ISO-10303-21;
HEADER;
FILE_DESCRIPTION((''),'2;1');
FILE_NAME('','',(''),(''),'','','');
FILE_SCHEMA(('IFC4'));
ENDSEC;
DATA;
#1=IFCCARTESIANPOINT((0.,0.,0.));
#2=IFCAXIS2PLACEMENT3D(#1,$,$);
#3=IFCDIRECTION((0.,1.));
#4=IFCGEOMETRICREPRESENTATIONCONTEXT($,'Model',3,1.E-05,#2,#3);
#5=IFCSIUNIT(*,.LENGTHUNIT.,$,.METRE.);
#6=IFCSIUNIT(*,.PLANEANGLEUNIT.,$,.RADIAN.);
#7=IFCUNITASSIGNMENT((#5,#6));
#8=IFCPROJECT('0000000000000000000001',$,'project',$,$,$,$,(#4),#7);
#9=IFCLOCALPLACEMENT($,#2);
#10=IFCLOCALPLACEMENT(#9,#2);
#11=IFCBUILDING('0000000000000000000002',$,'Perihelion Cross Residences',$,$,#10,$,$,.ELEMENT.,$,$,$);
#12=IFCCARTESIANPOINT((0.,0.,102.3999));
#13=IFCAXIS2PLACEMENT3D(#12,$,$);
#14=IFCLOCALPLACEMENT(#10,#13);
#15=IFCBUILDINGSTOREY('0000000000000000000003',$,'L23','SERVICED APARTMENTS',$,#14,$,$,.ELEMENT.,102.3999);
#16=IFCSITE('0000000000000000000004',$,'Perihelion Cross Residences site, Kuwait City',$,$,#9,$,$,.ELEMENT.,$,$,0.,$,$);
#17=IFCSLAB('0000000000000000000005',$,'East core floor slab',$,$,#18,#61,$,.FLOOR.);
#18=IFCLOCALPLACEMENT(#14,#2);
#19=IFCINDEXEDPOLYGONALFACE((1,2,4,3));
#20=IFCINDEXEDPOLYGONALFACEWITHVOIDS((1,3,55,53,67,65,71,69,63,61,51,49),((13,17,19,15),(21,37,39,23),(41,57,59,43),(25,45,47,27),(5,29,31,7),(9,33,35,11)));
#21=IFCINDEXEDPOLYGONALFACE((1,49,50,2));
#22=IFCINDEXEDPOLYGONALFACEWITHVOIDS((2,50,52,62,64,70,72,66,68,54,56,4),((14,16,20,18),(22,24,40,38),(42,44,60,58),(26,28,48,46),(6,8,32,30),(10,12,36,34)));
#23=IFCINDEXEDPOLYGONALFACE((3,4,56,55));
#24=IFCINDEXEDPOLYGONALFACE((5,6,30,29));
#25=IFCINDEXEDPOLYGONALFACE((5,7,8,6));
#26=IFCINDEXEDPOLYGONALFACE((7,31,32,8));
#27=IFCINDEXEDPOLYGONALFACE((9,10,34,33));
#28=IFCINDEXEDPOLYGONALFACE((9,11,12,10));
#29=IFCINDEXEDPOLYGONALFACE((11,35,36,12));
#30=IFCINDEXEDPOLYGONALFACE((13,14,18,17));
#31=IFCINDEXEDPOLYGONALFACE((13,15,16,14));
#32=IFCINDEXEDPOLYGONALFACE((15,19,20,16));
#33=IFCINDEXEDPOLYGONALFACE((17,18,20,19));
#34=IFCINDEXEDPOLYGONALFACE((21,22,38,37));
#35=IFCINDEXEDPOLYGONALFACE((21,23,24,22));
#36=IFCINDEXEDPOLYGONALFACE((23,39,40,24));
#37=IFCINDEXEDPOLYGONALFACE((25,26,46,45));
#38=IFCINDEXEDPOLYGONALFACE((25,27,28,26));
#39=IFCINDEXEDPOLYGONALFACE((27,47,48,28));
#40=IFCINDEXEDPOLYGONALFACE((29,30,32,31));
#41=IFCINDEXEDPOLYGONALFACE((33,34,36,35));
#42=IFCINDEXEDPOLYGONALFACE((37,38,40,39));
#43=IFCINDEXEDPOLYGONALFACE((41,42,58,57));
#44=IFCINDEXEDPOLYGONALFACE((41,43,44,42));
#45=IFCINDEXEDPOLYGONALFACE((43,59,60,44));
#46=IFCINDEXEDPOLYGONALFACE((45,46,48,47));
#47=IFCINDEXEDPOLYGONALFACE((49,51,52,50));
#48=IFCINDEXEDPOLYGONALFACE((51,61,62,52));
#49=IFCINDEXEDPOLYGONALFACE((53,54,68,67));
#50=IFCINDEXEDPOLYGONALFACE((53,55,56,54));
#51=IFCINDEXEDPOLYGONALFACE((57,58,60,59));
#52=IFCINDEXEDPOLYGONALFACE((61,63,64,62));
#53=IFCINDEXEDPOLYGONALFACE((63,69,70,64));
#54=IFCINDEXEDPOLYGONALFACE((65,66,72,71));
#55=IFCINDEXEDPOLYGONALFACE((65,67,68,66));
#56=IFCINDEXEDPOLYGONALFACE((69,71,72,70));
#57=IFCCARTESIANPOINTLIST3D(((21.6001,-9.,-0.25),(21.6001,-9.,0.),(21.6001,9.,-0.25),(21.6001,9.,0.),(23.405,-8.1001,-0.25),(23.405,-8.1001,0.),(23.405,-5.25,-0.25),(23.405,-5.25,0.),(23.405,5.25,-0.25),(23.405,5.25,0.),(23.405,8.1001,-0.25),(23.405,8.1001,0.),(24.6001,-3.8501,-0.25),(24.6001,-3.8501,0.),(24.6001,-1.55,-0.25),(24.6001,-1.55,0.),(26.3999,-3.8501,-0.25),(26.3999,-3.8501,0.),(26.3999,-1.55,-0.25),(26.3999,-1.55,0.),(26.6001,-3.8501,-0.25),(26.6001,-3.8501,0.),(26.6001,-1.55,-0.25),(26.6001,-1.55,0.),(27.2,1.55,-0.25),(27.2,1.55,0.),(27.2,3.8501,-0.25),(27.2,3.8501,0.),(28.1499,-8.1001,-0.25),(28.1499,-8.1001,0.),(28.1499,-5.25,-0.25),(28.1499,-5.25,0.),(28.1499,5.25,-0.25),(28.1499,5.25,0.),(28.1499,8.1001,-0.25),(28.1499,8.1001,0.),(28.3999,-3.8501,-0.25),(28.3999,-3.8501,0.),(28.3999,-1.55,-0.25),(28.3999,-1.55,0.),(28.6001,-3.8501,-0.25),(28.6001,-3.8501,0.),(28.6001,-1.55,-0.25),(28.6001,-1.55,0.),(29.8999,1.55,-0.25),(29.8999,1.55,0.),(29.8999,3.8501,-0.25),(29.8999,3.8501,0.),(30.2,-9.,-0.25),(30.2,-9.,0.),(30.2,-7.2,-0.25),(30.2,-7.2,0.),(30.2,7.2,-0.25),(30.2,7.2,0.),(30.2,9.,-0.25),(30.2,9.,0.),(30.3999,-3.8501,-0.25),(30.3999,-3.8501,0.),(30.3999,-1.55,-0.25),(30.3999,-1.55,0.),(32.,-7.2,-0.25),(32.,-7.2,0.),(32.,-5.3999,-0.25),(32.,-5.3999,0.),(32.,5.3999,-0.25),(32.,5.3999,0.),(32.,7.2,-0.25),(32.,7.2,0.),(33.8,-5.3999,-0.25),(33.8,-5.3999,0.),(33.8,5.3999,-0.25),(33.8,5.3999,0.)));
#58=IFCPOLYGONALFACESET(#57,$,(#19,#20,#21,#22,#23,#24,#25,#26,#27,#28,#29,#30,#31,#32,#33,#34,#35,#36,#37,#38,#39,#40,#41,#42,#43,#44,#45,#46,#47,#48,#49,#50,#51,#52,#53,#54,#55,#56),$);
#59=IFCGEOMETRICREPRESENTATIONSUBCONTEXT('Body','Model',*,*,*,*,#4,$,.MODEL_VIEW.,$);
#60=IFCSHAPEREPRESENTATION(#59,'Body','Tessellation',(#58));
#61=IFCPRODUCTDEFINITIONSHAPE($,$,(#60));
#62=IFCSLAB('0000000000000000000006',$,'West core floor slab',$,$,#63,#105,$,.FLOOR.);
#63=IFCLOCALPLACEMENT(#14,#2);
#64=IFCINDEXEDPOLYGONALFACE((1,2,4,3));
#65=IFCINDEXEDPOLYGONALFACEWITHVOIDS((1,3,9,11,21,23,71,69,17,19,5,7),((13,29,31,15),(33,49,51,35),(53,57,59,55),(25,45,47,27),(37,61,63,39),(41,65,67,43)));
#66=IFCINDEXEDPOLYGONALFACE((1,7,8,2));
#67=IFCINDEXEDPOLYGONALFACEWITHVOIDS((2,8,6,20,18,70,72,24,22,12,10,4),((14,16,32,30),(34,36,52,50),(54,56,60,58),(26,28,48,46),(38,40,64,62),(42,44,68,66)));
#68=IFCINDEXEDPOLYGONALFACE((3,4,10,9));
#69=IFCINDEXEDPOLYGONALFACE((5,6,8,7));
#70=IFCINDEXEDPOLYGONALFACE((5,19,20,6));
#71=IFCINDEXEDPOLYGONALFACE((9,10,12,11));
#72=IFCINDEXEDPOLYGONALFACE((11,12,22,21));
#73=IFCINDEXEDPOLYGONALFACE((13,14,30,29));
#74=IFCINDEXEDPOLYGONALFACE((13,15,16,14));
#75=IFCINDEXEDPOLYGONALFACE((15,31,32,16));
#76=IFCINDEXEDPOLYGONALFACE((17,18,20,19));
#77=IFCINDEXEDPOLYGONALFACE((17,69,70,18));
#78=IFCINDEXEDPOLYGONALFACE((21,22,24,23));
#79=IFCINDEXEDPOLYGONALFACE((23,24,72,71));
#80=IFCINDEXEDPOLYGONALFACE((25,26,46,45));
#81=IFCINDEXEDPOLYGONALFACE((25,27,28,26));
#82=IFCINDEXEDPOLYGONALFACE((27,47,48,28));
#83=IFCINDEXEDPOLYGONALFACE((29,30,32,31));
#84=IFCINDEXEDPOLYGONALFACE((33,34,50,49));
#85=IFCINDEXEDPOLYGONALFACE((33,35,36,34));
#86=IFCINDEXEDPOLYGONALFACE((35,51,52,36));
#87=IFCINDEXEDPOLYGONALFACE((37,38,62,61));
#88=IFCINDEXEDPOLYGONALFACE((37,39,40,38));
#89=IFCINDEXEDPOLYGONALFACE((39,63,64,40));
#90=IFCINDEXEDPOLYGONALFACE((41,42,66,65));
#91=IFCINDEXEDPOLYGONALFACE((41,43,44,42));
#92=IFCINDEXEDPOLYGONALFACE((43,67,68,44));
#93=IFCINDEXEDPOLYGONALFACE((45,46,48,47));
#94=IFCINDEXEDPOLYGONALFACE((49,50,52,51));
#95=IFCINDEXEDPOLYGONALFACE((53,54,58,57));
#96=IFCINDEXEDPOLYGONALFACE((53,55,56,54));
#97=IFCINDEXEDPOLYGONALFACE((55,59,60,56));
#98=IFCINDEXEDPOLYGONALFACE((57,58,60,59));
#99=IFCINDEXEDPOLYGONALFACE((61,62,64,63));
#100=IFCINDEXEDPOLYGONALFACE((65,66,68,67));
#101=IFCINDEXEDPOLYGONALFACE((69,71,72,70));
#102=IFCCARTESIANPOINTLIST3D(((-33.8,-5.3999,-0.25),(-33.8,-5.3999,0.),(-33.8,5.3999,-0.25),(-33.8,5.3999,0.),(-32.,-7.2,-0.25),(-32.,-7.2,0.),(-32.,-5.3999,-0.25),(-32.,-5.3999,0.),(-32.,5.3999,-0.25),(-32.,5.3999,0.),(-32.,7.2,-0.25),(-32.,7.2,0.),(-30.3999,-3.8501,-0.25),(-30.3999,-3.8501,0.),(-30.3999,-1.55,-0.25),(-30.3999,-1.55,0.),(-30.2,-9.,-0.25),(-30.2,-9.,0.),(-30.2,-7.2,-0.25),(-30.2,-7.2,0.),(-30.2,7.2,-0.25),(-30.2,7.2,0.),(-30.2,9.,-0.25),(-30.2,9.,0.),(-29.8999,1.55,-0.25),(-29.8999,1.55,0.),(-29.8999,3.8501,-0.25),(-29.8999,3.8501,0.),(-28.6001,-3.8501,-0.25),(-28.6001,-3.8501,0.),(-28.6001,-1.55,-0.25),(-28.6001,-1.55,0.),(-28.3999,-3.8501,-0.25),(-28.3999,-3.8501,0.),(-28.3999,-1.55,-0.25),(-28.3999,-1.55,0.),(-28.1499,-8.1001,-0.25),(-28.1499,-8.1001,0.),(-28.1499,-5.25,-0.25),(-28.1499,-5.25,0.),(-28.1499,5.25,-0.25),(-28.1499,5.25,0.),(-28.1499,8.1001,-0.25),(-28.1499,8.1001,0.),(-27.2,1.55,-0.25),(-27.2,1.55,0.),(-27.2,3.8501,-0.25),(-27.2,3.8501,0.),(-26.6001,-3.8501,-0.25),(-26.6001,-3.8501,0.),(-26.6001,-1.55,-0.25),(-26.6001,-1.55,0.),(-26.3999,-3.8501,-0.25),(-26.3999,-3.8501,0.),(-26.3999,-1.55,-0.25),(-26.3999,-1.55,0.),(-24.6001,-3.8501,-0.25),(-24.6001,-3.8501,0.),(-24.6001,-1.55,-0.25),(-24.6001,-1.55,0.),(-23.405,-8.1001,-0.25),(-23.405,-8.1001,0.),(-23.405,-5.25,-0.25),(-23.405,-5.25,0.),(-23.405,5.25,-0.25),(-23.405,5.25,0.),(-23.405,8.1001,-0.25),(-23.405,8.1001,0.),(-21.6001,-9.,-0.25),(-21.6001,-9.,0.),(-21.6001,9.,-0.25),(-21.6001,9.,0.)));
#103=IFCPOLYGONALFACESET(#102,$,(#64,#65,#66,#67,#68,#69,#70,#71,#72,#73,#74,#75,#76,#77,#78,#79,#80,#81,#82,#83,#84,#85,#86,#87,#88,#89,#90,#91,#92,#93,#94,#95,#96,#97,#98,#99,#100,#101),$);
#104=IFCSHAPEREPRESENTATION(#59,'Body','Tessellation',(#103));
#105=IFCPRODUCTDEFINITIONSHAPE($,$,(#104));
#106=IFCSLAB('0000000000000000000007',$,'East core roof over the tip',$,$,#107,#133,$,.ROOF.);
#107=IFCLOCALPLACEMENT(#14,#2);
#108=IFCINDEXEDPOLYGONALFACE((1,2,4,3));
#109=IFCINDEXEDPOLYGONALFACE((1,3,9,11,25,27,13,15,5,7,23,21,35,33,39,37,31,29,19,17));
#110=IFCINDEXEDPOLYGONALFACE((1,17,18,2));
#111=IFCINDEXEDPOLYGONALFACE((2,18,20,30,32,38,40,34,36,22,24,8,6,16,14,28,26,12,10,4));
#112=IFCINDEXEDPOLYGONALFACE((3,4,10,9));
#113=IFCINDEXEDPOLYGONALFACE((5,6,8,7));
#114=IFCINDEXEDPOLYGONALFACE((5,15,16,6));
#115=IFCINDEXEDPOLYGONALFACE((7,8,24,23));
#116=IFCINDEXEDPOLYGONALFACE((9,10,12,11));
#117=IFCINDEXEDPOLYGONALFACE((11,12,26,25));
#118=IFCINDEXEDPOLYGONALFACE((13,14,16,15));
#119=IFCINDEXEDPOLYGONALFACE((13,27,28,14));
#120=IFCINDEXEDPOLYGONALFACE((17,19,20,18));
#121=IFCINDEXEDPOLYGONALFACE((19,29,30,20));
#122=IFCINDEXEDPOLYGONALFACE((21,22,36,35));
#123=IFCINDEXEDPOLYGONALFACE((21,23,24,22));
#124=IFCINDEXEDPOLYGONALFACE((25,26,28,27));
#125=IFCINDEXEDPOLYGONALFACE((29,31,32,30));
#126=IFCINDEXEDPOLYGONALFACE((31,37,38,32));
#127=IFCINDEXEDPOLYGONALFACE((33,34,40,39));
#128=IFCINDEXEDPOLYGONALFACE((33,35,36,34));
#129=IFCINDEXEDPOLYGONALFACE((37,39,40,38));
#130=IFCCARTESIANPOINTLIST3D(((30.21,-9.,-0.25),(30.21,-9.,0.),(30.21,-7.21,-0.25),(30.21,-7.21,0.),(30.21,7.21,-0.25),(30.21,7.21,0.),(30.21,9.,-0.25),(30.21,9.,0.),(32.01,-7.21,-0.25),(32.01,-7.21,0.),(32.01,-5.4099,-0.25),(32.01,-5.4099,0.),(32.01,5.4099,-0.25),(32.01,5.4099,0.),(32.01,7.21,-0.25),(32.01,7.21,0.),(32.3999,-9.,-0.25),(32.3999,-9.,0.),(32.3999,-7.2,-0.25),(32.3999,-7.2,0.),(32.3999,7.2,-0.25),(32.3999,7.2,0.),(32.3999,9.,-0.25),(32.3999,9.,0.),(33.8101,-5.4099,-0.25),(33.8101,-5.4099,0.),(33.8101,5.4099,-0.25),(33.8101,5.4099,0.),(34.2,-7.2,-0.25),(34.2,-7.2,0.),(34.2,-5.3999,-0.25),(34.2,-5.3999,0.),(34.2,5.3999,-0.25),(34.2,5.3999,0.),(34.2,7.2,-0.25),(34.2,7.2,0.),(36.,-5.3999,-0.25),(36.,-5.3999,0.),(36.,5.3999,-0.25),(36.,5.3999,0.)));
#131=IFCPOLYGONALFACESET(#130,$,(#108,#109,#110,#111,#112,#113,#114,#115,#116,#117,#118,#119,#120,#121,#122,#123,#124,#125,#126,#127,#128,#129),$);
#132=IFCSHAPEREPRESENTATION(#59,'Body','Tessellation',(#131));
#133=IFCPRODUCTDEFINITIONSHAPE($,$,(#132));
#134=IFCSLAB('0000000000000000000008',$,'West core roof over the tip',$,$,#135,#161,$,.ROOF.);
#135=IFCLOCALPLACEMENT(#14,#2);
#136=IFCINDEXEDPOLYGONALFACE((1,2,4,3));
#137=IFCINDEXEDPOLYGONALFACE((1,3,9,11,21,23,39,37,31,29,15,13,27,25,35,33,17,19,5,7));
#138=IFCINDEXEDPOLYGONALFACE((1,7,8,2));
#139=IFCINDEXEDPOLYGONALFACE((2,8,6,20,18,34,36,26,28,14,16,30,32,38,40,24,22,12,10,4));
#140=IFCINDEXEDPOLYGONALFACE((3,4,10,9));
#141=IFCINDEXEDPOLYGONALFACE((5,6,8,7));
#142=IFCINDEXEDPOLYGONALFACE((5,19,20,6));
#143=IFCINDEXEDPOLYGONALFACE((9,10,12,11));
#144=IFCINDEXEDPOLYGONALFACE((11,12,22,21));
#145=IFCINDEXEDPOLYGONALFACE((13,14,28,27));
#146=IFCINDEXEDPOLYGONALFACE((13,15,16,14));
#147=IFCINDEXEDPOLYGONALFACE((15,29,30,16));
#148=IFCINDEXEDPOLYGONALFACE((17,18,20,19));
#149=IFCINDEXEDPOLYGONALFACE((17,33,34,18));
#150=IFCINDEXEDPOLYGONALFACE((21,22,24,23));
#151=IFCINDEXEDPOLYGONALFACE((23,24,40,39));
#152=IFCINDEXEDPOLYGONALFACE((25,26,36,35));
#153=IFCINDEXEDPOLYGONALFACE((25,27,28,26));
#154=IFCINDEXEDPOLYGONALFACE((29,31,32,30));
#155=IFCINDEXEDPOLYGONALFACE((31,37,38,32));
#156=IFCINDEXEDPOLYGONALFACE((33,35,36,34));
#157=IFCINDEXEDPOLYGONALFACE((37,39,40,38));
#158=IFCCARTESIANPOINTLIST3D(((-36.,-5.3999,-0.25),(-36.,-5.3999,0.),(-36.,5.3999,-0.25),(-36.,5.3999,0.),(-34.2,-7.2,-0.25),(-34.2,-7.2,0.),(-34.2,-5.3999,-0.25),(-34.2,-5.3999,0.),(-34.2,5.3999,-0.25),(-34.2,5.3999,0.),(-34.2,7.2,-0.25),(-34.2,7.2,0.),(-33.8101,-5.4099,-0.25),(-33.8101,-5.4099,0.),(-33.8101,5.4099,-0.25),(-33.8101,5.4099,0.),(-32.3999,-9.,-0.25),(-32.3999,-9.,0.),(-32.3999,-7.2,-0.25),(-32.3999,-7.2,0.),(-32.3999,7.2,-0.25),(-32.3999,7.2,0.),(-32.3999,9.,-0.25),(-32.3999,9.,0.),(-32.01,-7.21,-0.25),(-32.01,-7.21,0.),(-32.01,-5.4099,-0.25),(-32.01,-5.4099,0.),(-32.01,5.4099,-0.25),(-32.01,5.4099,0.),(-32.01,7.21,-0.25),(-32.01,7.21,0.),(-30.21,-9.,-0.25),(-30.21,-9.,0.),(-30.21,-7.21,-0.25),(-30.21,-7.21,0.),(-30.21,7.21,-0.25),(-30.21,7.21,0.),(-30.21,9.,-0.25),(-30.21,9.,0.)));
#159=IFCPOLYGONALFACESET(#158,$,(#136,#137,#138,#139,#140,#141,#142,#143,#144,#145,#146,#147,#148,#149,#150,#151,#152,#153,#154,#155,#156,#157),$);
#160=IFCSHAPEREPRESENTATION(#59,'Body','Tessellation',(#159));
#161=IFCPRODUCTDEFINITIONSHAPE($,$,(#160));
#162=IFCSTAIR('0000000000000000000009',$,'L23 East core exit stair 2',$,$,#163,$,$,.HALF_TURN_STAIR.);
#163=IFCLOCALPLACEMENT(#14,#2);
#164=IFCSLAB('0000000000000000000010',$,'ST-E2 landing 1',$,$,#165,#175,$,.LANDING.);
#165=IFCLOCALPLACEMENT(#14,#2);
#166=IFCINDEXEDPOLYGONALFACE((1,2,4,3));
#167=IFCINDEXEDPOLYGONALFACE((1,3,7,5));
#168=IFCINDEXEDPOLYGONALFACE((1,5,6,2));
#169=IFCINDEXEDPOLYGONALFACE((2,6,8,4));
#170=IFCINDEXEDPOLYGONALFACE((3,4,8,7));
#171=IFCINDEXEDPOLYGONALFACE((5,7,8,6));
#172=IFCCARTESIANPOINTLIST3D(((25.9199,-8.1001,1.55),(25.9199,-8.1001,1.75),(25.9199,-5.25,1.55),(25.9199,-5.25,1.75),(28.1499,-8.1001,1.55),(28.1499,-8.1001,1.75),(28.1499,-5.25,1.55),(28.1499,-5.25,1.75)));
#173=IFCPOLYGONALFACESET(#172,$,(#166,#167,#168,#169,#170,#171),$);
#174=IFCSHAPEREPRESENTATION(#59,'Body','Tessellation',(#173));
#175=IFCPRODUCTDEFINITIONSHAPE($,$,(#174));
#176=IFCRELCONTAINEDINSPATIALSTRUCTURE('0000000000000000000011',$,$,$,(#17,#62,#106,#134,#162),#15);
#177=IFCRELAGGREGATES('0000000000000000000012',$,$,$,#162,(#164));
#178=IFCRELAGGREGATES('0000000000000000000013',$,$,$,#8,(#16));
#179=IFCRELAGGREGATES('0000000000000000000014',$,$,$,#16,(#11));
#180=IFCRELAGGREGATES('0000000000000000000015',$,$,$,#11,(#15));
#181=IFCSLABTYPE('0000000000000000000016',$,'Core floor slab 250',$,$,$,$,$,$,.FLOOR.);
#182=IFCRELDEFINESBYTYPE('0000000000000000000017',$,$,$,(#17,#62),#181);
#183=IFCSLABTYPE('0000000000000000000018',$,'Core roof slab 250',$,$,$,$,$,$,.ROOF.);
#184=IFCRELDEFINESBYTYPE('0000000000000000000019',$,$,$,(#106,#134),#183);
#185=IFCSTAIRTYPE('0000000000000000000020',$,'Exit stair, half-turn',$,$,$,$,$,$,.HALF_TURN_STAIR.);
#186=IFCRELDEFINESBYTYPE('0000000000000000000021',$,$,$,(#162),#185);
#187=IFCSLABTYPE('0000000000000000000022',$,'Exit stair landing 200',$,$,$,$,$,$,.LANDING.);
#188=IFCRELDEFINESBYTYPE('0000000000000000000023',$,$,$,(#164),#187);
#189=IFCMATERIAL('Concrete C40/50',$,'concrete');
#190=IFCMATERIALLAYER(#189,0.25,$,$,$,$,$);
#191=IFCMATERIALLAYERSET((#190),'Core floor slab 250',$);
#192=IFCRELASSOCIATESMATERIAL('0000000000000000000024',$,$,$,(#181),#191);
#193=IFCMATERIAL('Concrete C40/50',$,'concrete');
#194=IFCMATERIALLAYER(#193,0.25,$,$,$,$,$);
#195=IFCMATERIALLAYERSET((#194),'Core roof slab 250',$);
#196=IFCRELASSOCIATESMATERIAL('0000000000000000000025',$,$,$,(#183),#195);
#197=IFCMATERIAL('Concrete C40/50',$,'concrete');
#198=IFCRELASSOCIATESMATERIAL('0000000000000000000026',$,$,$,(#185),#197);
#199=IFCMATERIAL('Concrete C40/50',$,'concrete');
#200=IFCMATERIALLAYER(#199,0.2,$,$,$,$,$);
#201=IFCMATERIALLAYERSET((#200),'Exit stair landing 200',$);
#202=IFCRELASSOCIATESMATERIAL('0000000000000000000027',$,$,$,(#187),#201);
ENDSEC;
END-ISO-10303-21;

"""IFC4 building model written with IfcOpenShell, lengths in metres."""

from ifc_helpers import new_model, si_unit, direction, frame, origin, place, context, subcontext, project, spatial, polyline, outline, extrude, material, layer, layer_set, type_object, element, aggregate, save


model = new_model("IFC4")

# Units and contexts
model_context = context("Model", 3, precision=1e-05, world=origin(), true_north=direction((0.0, 1.0)))
body_context = subcontext(model_context, "Body", "Model", "MODEL_VIEW")
ifc_project = project(units=[si_unit("LENGTHUNIT", "METRE"), si_unit("PLANEANGLEUNIT", "RADIAN")], contexts=[model_context])

# Site, building, storey
site_placement = place(None, origin())
site = spatial("IfcSite", under=ifc_project, at=site_placement, Name="Perihelion Cross Residences site, Kuwait City", CompositionType="ELEMENT", RefElevation=0.0)
building_placement = place(site_placement, origin())
building = spatial("IfcBuilding", under=site, at=building_placement, Name="Perihelion Cross Residences", CompositionType="ELEMENT")
storey_placement = place(building_placement, frame((0.0, 0.0, 102.3999)))
storey = spatial("IfcBuildingStorey", under=building, at=storey_placement, Name="L23", Description="SERVICED APARTMENTS", CompositionType="ELEMENT", Elevation=102.3999)

# Slabs
ifc_material_1 = material(Name="Concrete C40/50", Category="concrete")
ifc_layer_1 = layer(ifc_material_1, 0.25)
ifc_layer_set_1 = layer_set([ifc_layer_1], Name="Core floor slab 250")
slab_type_1 = type_object("IfcSlabType", Name="Core floor slab 250", PredefinedType="FLOOR", material=ifc_layer_set_1)
slab_1_placement = place(storey_placement, frame((0.0, 0.0, -0.25)))
element("IfcSlab", 1, at=slab_1_placement, inside=storey, type_object=slab_type_1, Name="East core floor slab", PredefinedType="FLOOR", context=body_context, shape_type="SweptSolid", body=[
    extrude(outline(polyline([(30.2, 7.2), (32.0, 7.2), (32.0, 5.3999), (33.8, 5.3999), (33.8, -5.3999), (32.0, -5.3999), (32.0, -7.2), (30.2, -7.2), (30.2, -9.0), (21.6001, -9.0), (21.6001, 9.0), (30.2, 9.0), (30.2, 7.2)]), holes=[polyline([(28.1499, -8.1001), (28.1499, -5.25), (23.405, -5.25), (23.405, -8.1001), (28.1499, -8.1001)]), polyline([(24.6001, -1.55), (24.6001, -3.8501), (26.3999, -3.8501), (26.3999, -1.55), (24.6001, -1.55)]), polyline([(26.6001, -1.55), (26.6001, -3.8501), (28.3999, -3.8501), (28.3999, -1.55), (26.6001, -1.55)]), polyline([(28.6001, -3.8501), (30.3999, -3.8501), (30.3999, -1.55), (28.6001, -1.55), (28.6001, -3.8501)]), polyline([(27.2, 3.8501), (27.2, 1.55), (29.8999, 1.55), (29.8999, 3.8501), (27.2, 3.8501)]), polyline([(23.405, 5.25), (28.1499, 5.25), (28.1499, 8.1001), (23.405, 8.1001), (23.405, 5.25)])]), origin(), (0.0, 0.0, 1.0), 0.25),
])
slab_2_placement = place(storey_placement, frame((0.0, 0.0, -0.25)))
element("IfcSlab", 2, at=slab_2_placement, inside=storey, type_object=slab_type_1, Name="West core floor slab", PredefinedType="FLOOR", context=body_context, shape_type="SweptSolid", body=[
    extrude(outline(polyline([(-30.2, 7.2), (-32.0, 7.2), (-32.0, 5.3999), (-33.8, 5.3999), (-33.8, -5.3999), (-32.0, -5.3999), (-32.0, -7.2), (-30.2, -7.2), (-30.2, -9.0), (-21.6001, -9.0), (-21.6001, 9.0), (-30.2, 9.0), (-30.2, 7.2)]), holes=[polyline([(-28.1499, -8.1001), (-28.1499, -5.25), (-23.405, -5.25), (-23.405, -8.1001), (-28.1499, -8.1001)]), polyline([(-24.6001, -1.55), (-24.6001, -3.8501), (-26.3999, -3.8501), (-26.3999, -1.55), (-24.6001, -1.55)]), polyline([(-26.6001, -1.55), (-26.6001, -3.8501), (-28.3999, -3.8501), (-28.3999, -1.55), (-26.6001, -1.55)]), polyline([(-28.6001, -3.8501), (-30.3999, -3.8501), (-30.3999, -1.55), (-28.6001, -1.55), (-28.6001, -3.8501)]), polyline([(-27.2, 3.8501), (-27.2, 1.55), (-29.8999, 1.55), (-29.8999, 3.8501), (-27.2, 3.8501)]), polyline([(-23.405, 5.25), (-28.1499, 5.25), (-28.1499, 8.1001), (-23.405, 8.1001), (-23.405, 5.25)])]), origin(), (0.0, 0.0, 1.0), 0.25),
])
ifc_material_2 = material(Name="Concrete C40/50", Category="concrete")
ifc_layer_2 = layer(ifc_material_2, 0.25)
ifc_layer_set_2 = layer_set([ifc_layer_2], Name="Core roof slab 250")
slab_type_2 = type_object("IfcSlabType", Name="Core roof slab 250", PredefinedType="ROOF", material=ifc_layer_set_2)
slab_3_placement = place(storey_placement, frame((0.0, 0.0, -0.25)))
element("IfcSlab", 3, at=slab_3_placement, inside=storey, type_object=slab_type_2, Name="East core roof over the tip", PredefinedType="ROOF", context=body_context, shape_type="SweptSolid", body=[
    extrude(outline(polyline([(32.3999, 7.2), (34.2, 7.2), (34.2, 5.3999), (36.0, 5.3999), (36.0, -5.3999), (34.2, -5.3999), (34.2, -7.2), (32.3999, -7.2), (32.3999, -9.0), (30.21, -9.0), (30.21, -7.21), (32.01, -7.21), (32.01, -5.4099), (33.8101, -5.4099), (33.8101, 5.4099), (32.01, 5.4099), (32.01, 7.21), (30.21, 7.21), (30.21, 9.0), (32.3999, 9.0), (32.3999, 7.2)])), origin(), (0.0, 0.0, 1.0), 0.25),
])
slab_4_placement = place(storey_placement, frame((0.0, 0.0, -0.25)))
element("IfcSlab", 4, at=slab_4_placement, inside=storey, type_object=slab_type_2, Name="West core roof over the tip", PredefinedType="ROOF", context=body_context, shape_type="SweptSolid", body=[
    extrude(outline(polyline([(-32.3999, 7.2), (-34.2, 7.2), (-34.2, 5.3999), (-36.0, 5.3999), (-36.0, -5.3999), (-34.2, -5.3999), (-34.2, -7.2), (-32.3999, -7.2), (-32.3999, -9.0), (-30.21, -9.0), (-30.21, -7.21), (-32.01, -7.21), (-32.01, -5.4099), (-33.8101, -5.4099), (-33.8101, 5.4099), (-32.01, 5.4099), (-32.01, 7.21), (-30.21, 7.21), (-30.21, 9.0), (-32.3999, 9.0), (-32.3999, 7.2)])), origin(), (0.0, 0.0, 1.0), 0.25),
])

# Stair, slab
ifc_material_3 = material(Name="Concrete C40/50", Category="concrete")
stair_type = type_object("IfcStairType", Name="Exit stair, half-turn", PredefinedType="HALF_TURN_STAIR", material=ifc_material_3)
stair_1_placement = place(storey_placement, origin())
stair_1 = element("IfcStair", 5, at=stair_1_placement, inside=storey, type_object=stair_type, Name="L23 East core exit stair 2", PredefinedType="HALF_TURN_STAIR")
ifc_material_4 = material(Name="Concrete C40/50", Category="concrete")
ifc_layer_3 = layer(ifc_material_4, 0.2)
ifc_layer_set_3 = layer_set([ifc_layer_3], Name="Exit stair landing 200")
slab_type_3 = type_object("IfcSlabType", Name="Exit stair landing 200", PredefinedType="LANDING", material=ifc_layer_set_3)
slab_5_placement = place(storey_placement, frame((0.0, 0.0, 1.55)))
slab_5 = element("IfcSlab", 6, at=slab_5_placement, type_object=slab_type_3, Name="ST-E2 landing 1", PredefinedType="LANDING", context=body_context, shape_type="SweptSolid", body=[
    extrude(outline(polyline([(25.9199, -8.1001), (28.1499, -8.1001), (28.1499, -5.25), (25.9199, -5.25), (25.9199, -8.1001)])), origin(), (0.0, 0.0, 1.0), 0.2),
])
aggregate(stair_1, [slab_5])

save(model, "model.ifc")
